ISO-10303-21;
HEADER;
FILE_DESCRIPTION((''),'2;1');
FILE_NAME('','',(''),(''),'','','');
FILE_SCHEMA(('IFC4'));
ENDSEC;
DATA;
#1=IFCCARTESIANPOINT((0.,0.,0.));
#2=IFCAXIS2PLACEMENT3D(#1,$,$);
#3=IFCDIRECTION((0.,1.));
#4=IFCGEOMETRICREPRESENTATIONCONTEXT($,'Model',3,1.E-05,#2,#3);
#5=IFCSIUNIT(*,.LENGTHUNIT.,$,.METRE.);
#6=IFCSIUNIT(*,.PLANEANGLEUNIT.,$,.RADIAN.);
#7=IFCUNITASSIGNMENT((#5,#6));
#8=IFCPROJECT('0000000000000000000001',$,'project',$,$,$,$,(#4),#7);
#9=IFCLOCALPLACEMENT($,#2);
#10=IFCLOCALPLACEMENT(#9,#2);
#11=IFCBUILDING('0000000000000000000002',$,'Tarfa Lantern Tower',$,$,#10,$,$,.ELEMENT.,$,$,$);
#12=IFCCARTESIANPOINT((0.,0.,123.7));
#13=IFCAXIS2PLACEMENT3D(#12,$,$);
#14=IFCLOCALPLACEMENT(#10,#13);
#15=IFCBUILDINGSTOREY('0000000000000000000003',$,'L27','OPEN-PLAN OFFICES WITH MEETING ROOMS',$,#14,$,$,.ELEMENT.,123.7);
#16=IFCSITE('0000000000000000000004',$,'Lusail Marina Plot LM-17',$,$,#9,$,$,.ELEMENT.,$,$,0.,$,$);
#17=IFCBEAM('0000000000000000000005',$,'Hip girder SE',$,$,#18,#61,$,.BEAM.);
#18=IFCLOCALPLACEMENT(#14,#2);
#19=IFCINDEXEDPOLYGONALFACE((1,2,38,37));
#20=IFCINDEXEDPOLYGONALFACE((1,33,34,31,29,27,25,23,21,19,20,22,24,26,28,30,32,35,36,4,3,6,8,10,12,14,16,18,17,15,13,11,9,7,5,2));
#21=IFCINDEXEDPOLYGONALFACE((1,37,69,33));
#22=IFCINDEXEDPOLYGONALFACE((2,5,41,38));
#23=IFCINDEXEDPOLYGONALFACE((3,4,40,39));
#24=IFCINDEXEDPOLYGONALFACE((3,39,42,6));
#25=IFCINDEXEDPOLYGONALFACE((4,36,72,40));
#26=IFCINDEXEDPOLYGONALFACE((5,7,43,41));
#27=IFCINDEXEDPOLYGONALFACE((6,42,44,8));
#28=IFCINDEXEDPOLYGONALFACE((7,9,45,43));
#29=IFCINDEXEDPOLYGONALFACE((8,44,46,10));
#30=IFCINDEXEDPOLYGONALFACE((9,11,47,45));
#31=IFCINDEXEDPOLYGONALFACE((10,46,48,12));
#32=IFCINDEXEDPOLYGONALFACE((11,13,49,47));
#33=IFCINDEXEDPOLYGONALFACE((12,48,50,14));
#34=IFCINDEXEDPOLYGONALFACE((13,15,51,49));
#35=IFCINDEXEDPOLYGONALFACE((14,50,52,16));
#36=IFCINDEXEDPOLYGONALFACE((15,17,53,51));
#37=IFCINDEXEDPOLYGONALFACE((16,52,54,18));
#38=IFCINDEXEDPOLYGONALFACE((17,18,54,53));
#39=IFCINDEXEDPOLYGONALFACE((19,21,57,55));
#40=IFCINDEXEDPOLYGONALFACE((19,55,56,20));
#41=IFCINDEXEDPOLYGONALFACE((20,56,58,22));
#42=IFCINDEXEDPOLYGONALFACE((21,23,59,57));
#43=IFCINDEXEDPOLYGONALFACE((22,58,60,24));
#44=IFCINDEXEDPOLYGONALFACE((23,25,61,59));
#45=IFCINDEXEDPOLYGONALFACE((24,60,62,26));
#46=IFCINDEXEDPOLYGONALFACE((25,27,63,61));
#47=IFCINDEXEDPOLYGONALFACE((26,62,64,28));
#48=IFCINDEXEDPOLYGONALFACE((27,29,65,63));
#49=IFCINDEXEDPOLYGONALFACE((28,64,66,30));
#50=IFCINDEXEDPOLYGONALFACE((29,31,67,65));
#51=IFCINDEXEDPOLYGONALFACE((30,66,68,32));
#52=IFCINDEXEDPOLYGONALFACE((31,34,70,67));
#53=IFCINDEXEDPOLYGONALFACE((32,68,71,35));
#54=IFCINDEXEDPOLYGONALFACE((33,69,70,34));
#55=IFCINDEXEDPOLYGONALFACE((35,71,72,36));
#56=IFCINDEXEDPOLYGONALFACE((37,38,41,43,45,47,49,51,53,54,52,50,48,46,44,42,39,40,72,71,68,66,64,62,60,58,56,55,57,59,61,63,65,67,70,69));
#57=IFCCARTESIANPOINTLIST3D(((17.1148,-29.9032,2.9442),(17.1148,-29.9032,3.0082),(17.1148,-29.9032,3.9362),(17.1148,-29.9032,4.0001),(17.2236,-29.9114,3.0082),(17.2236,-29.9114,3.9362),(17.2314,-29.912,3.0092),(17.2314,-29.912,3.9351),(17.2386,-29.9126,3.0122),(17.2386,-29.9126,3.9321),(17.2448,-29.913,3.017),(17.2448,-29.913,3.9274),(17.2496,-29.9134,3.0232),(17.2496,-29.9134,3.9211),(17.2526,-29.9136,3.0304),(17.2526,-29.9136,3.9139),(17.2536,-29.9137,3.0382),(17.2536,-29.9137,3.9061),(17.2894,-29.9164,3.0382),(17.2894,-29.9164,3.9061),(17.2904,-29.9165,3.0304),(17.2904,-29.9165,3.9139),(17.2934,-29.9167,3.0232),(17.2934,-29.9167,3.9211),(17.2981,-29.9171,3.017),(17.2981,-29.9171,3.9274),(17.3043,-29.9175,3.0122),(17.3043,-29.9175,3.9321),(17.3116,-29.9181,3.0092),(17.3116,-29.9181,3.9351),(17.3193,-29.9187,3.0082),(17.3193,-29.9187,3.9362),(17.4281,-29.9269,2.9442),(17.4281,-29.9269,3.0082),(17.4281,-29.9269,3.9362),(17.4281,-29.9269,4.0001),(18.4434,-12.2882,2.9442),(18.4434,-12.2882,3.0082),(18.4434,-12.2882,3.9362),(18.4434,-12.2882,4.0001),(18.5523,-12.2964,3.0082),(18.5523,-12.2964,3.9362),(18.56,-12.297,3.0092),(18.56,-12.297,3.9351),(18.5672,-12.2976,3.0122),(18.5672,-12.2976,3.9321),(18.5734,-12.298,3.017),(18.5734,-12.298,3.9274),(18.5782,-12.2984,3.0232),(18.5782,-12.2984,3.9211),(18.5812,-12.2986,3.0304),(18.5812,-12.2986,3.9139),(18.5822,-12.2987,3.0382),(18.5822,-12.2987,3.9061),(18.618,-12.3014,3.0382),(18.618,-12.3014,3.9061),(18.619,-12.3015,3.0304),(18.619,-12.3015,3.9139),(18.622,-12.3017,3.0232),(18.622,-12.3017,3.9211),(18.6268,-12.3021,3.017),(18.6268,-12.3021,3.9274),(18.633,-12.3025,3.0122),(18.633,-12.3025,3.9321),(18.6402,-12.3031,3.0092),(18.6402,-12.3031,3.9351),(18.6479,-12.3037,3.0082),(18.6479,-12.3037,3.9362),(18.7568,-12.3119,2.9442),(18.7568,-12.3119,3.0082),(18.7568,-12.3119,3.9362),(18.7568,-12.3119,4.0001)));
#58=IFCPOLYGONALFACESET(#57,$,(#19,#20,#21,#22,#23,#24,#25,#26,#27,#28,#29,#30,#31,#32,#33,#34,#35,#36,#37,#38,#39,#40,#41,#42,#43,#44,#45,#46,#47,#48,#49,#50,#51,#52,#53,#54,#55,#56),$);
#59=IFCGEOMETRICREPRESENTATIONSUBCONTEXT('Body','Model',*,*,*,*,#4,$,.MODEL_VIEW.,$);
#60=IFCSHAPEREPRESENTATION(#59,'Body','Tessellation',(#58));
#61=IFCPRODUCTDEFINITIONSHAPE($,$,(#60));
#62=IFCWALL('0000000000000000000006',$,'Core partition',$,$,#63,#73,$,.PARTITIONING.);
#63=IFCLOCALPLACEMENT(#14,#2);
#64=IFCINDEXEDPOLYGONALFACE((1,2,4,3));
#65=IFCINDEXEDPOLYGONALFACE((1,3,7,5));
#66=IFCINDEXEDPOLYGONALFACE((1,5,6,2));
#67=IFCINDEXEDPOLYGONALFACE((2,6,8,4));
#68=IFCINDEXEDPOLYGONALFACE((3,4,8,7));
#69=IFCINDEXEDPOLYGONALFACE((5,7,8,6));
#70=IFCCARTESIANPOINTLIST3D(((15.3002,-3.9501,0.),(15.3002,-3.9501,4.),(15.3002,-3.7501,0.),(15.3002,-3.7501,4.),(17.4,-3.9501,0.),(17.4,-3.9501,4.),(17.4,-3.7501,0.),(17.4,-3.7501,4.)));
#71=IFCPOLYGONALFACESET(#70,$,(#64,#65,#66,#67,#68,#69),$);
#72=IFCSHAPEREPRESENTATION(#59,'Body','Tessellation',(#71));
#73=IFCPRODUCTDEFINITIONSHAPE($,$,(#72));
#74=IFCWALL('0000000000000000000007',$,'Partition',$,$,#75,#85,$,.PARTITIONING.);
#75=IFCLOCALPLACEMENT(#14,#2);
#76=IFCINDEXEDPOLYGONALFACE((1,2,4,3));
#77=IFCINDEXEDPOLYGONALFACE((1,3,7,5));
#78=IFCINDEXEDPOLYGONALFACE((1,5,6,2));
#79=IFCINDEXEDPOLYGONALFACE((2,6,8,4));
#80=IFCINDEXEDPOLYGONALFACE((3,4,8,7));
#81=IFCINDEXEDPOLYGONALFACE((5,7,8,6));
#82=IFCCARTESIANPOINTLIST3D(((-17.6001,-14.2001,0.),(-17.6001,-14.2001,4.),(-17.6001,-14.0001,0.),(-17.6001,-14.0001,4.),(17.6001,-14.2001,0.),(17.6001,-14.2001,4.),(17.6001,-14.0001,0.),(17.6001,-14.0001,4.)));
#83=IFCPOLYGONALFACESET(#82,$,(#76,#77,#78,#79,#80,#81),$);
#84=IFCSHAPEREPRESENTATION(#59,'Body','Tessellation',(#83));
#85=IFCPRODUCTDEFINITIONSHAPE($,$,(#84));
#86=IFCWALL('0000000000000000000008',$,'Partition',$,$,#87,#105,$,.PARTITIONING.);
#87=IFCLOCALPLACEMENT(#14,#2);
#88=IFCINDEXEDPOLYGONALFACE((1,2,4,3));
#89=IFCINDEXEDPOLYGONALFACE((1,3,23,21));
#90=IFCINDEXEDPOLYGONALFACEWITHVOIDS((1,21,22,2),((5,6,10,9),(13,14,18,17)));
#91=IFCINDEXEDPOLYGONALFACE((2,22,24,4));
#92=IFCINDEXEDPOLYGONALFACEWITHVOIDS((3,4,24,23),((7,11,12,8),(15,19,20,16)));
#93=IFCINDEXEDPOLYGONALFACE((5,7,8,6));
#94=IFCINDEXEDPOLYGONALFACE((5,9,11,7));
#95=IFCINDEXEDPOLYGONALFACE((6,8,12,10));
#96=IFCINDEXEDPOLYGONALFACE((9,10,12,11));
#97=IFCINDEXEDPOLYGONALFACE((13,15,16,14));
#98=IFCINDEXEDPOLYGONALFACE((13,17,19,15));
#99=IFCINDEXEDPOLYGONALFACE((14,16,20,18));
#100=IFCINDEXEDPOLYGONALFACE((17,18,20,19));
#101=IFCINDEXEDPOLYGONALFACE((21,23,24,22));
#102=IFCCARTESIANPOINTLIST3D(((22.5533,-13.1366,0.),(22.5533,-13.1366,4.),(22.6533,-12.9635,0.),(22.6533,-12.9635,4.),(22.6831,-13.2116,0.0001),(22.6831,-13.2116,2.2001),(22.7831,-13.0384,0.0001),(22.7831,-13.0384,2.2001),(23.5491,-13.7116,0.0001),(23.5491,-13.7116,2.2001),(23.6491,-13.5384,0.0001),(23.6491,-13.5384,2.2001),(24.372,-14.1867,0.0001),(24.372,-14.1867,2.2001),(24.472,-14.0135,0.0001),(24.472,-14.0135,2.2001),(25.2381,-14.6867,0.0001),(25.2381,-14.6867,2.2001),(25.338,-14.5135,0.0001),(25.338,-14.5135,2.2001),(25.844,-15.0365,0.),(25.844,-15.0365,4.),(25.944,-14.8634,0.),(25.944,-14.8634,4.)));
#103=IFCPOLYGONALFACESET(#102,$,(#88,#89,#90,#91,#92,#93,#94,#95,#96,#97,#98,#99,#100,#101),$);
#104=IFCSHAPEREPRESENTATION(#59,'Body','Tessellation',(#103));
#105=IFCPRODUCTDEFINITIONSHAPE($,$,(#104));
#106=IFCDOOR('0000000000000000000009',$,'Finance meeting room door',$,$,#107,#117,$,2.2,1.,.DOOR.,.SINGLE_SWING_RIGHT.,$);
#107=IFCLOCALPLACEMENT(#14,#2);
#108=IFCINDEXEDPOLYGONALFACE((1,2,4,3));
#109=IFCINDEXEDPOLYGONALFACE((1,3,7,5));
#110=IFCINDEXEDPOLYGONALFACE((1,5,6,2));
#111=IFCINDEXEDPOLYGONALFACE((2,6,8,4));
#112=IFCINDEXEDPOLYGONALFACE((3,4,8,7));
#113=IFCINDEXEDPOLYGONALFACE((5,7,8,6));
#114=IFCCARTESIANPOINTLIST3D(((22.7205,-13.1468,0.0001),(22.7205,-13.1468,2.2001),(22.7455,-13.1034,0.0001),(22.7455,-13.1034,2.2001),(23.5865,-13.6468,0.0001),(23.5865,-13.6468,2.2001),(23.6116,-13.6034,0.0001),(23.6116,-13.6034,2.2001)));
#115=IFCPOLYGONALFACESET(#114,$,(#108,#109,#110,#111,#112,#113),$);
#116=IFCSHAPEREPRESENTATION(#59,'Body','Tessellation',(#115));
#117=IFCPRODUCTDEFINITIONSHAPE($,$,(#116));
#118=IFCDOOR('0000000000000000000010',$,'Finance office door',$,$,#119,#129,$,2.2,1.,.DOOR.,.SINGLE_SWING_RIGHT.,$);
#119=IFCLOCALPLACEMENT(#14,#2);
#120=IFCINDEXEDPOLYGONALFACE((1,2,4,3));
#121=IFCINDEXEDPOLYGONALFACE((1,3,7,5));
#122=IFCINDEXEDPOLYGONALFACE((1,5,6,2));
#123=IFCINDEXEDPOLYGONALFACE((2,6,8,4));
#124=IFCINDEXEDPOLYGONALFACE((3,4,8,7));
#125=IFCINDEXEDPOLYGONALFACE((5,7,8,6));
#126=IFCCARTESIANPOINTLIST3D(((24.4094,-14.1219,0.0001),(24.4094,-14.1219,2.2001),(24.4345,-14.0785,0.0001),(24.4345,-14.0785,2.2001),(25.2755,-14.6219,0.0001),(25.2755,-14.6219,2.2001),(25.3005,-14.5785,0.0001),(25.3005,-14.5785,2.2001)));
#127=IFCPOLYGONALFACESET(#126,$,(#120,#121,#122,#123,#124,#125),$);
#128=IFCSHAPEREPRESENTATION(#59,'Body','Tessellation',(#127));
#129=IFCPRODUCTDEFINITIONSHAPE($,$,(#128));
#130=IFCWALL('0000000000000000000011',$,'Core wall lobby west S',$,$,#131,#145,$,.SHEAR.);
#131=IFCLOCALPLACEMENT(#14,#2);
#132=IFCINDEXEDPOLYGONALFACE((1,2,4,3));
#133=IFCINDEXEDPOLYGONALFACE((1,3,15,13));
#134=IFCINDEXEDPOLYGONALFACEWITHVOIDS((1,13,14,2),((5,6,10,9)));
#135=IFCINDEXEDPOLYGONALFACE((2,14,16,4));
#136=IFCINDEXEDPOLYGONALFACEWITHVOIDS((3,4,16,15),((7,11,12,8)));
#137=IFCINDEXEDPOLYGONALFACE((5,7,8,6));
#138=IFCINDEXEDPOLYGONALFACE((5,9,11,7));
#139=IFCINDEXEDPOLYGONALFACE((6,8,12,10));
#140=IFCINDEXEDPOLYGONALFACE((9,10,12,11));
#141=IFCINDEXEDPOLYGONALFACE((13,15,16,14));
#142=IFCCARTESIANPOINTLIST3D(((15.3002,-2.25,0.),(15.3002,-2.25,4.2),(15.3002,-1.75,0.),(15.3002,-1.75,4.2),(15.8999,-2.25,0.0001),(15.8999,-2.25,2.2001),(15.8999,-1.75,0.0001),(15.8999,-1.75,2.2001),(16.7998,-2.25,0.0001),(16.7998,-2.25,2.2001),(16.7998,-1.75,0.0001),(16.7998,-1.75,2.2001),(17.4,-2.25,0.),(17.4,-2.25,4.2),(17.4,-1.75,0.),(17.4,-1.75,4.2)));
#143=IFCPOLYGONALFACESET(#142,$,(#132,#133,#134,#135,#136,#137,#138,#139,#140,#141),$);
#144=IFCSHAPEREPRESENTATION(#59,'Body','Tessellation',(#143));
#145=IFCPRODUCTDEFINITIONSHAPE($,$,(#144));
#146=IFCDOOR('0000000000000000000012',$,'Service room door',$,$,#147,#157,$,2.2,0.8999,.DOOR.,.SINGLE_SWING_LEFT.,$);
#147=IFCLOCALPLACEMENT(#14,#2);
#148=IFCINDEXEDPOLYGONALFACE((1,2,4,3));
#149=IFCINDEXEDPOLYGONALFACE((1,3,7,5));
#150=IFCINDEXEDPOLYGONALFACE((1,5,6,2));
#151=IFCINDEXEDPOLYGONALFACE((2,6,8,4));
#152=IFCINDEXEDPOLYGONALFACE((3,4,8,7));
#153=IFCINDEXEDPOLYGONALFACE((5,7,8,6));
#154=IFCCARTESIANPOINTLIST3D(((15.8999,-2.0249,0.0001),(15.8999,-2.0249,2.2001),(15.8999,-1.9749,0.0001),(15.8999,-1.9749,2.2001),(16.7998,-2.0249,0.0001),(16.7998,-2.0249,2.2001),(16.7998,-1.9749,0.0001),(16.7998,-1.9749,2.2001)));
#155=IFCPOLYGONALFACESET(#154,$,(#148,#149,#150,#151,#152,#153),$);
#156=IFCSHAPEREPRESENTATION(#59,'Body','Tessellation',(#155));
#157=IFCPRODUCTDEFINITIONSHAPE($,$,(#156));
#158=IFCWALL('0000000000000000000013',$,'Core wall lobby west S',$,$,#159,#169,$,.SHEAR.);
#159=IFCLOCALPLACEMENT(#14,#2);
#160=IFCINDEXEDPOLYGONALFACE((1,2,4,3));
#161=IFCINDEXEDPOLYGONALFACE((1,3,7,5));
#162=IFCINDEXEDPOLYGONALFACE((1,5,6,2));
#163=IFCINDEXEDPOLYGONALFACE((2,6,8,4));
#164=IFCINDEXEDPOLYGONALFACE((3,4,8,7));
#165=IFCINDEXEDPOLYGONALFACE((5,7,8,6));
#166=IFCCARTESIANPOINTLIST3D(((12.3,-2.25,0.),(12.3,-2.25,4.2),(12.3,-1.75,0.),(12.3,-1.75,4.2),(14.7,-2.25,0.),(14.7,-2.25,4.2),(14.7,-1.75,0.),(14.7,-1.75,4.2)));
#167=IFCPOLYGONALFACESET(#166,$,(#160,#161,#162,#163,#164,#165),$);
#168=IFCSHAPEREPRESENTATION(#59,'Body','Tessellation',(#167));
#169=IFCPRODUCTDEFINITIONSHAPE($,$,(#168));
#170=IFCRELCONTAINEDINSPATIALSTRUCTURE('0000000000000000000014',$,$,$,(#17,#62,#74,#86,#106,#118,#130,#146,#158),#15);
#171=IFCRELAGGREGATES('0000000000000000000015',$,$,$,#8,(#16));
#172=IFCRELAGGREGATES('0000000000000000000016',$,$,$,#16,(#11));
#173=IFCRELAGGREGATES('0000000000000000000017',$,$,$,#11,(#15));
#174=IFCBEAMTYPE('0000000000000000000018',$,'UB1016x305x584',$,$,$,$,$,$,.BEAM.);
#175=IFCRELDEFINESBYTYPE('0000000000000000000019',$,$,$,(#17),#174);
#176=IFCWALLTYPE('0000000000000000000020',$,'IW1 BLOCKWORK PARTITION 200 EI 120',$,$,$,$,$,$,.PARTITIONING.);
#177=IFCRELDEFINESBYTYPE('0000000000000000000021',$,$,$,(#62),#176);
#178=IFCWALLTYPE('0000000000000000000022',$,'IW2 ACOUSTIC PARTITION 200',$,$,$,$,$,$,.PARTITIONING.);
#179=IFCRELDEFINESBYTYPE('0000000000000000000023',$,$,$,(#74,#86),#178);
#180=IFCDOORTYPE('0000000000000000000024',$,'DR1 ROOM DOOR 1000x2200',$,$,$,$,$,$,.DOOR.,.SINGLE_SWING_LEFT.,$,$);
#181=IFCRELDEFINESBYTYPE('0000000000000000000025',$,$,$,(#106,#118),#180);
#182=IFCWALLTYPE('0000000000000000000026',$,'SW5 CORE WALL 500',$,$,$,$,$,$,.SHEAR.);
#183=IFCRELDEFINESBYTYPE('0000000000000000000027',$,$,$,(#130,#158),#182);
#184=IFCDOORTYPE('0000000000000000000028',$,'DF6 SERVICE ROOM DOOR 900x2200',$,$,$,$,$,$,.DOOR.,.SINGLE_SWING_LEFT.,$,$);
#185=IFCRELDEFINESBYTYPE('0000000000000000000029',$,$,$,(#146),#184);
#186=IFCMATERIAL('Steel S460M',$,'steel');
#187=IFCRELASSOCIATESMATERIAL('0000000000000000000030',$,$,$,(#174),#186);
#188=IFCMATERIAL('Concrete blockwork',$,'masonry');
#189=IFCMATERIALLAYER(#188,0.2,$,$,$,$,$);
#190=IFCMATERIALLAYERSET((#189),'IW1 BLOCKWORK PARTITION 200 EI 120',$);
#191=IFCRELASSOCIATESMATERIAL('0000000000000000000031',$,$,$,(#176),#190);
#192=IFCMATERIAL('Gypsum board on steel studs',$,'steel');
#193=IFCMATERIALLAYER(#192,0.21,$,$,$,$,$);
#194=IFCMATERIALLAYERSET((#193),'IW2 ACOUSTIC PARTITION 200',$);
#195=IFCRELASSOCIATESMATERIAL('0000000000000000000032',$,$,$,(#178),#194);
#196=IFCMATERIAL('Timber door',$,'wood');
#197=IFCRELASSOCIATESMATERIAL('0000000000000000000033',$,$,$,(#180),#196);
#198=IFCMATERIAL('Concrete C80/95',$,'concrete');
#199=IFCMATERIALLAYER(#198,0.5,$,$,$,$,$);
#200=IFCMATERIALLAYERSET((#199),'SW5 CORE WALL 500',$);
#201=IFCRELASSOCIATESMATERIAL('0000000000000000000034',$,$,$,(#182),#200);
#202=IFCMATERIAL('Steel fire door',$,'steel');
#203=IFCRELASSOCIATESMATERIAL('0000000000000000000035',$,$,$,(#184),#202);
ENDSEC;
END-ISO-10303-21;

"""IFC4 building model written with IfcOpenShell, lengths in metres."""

from ifc_helpers import new_model, si_unit, direction, frame, frame_2d, origin, origin_2d, place, context, subcontext, project, spatial, rectangle, i_section, extrude, material, layer, layer_set, material_profile, profile_set, type_object, element, fill, save


model = new_model("IFC4")

# Units and contexts
model_context = context("Model", 3, precision=1e-05, world=origin(), true_north=direction((0.0, 1.0)))
body_context = subcontext(model_context, "Body", "Model", "MODEL_VIEW")
ifc_project = project(units=[si_unit("LENGTHUNIT", "METRE"), si_unit("PLANEANGLEUNIT", "RADIAN")], contexts=[model_context])

# Site, building, storey
site_placement = place(None, origin())
site = spatial("IfcSite", under=ifc_project, at=site_placement, Name="Lusail Marina Plot LM-17", CompositionType="ELEMENT", RefElevation=0.0)
building_placement = place(site_placement, origin())
building = spatial("IfcBuilding", under=site, at=building_placement, Name="Tarfa Lantern Tower", CompositionType="ELEMENT")
storey_placement = place(building_placement, frame((0.0, 0.0, 123.7)))
storey = spatial("IfcBuildingStorey", under=building, at=storey_placement, Name="L27", Description="OPEN-PLAN OFFICES WITH MEETING ROOMS", CompositionType="ELEMENT", Elevation=123.7)

# Beam
ifc_material_1 = material(Name="Steel S460M", Category="steel")
ifc_material_profile = material_profile(ifc_material_1, i_section(OverallWidth=0.3142, OverallDepth=1.0559, WebThickness=0.0359, FlangeThickness=0.064, FilletRadius=0.03, at=origin_2d()), Name="UB1016x305x584")
ifc_profile_set = profile_set([ifc_material_profile], Name="Steel S460M")
beam_type = type_object("IfcBeamType", Name="UB1016x305x584", PredefinedType="BEAM", material=ifc_profile_set)
beam_placement = place(storey_placement, frame((18.6001, -12.3, 3.4722), z_axis=(-0.075212, -0.997168, 0.0), x_axis=(0.997168, -0.075212, 0.0)))
element("IfcBeam", 1, at=beam_placement, inside=storey, type_object=beam_type, Name="Hip girder SE", PredefinedType="BEAM", context=body_context, shape_type="SweptSolid", body=[
    extrude(i_section(OverallWidth=0.3142, OverallDepth=1.0559, WebThickness=0.0359, FlangeThickness=0.064, FilletRadius=0.03, at=origin_2d()), origin(), (0.0, 0.0, 1.0), 17.665),
])

# Walls
ifc_material_2 = material(Name="Concrete blockwork", Category="masonry")
ifc_layer_1 = layer(ifc_material_2, 0.2)
ifc_layer_set_1 = layer_set([ifc_layer_1], Name="IW1 BLOCKWORK PARTITION 200 EI 120")
wall_type_1 = type_object("IfcWallType", Name="IW1 BLOCKWORK PARTITION 200 EI 120", PredefinedType="PARTITIONING", material=ifc_layer_set_1)
wall_1_placement = place(storey_placement, frame((17.3999, -3.8501, 0.0), z_axis=(0.0, 0.0, 1.0), x_axis=(-1.0, 0.0, 0.0)))
element("IfcWall", 2, at=wall_1_placement, inside=storey, type_object=wall_type_1, Name="Core partition", PredefinedType="PARTITIONING", context=body_context, shape_type="SweptSolid", body=[
    extrude(rectangle(XDim=2.0999, YDim=0.2, at=frame_2d((1.0498, 0.0))), origin(), (0.0, 0.0, 1.0), 4.0),
])
ifc_material_3 = material(Name="Gypsum board on steel studs", Category="steel")
ifc_layer_2 = layer(ifc_material_3, 0.21)
ifc_layer_set_2 = layer_set([ifc_layer_2], Name="IW2 ACOUSTIC PARTITION 200")
wall_type_2 = type_object("IfcWallType", Name="IW2 ACOUSTIC PARTITION 200", PredefinedType="PARTITIONING", material=ifc_layer_set_2)
wall_2_placement = place(storey_placement, frame((17.6001, -14.1001, 0.0), z_axis=(0.0, 0.0, 1.0), x_axis=(-1.0, 0.0, 0.0)))
element("IfcWall", 3, at=wall_2_placement, inside=storey, type_object=wall_type_2, Name="Partition", PredefinedType="PARTITIONING", context=body_context, shape_type="SweptSolid", body=[
    extrude(rectangle(XDim=35.2002, YDim=0.2, at=frame_2d((17.6001, 0.0))), origin(), (0.0, 0.0, 1.0), 4.0),
])

# Wall, openings, doors
wall_3_placement = place(storey_placement, frame((22.6033, -13.05, 0.0), z_axis=(0.0, 0.0, 1.0), x_axis=(0.866028, -0.499995, 0.0)))
wall_3 = element("IfcWall", 4, at=wall_3_placement, inside=storey, type_object=wall_type_2, Name="Partition", PredefinedType="PARTITIONING", context=body_context, shape_type="SweptSolid", body=[
    extrude(rectangle(XDim=3.7998, YDim=0.2, at=frame_2d((1.8999, 0.0))), origin(), (0.0, 0.0, 1.0), 4.0),
])
opening_1_placement = place(wall_3_placement, frame((0.1499, 0.0, 0.0)))
opening_1 = element("IfcOpeningElement", 5, at=opening_1_placement, cuts=wall_3, PredefinedType="OPENING", context=body_context, shape_type="SweptSolid", body=[
    extrude(rectangle(XDim=1.0, YDim=2.2, at=frame_2d((0.5, 1.1001))), frame((0.0, 0.1099, 0.0), z_axis=(0.0, -1.0, 0.0), x_axis=(1.0, 0.0, 0.0)), (0.0, 0.0, 1.0), 0.22),
])
opening_2_placement = place(wall_3_placement, frame((2.1001, 0.0, 0.0)))
opening_2 = element("IfcOpeningElement", 6, at=opening_2_placement, cuts=wall_3, PredefinedType="OPENING", context=body_context, shape_type="SweptSolid", body=[
    extrude(rectangle(XDim=1.0, YDim=2.2, at=frame_2d((0.5, 1.1001))), frame((0.0, 0.1099, 0.0), z_axis=(0.0, -1.0, 0.0), x_axis=(1.0, 0.0, 0.0)), (0.0, 0.0, 1.0), 0.22),
])
ifc_material_4 = material(Name="Timber door", Category="wood")
door_type_1 = type_object("IfcDoorType", Name="DR1 ROOM DOOR 1000x2200", OperationType="SINGLE_SWING_LEFT", PredefinedType="DOOR", material=ifc_material_4)
door_1_placement = place(opening_1_placement, origin())
door_1 = element("IfcDoor", 7, at=door_1_placement, inside=storey, type_object=door_type_1, Name="Finance meeting room door", OperationType="SINGLE_SWING_RIGHT", OverallHeight=2.2, OverallWidth=1.0, PredefinedType="DOOR", context=body_context, shape_type="SweptSolid", body=[
    extrude(rectangle(XDim=1.0, YDim=2.2, at=frame_2d((0.5, 1.1001))), frame((0.0, 0.0249, 0.0), z_axis=(0.0, -1.0, 0.0), x_axis=(1.0, 0.0, 0.0)), (0.0, 0.0, 1.0), 0.05),
])
fill(opening_1, door_1)
door_2_placement = place(opening_2_placement, origin())
door_2 = element("IfcDoor", 8, at=door_2_placement, inside=storey, type_object=door_type_1, Name="Finance office door", OperationType="SINGLE_SWING_RIGHT", OverallHeight=2.2, OverallWidth=1.0, PredefinedType="DOOR", context=body_context, shape_type="SweptSolid", body=[
    extrude(rectangle(XDim=1.0, YDim=2.2, at=frame_2d((0.5, 1.1001))), frame((0.0, 0.0249, 0.0), z_axis=(0.0, -1.0, 0.0), x_axis=(1.0, 0.0, 0.0)), (0.0, 0.0, 1.0), 0.05),
])
fill(opening_2, door_2)

# Wall, opening, door
ifc_material_5 = material(Name="Concrete C80/95", Category="concrete")
ifc_material_6 = material(Name="Steel fire door", Category="steel")
ifc_layer_3 = layer(ifc_material_5, 0.5)
ifc_layer_set_3 = layer_set([ifc_layer_3], Name="SW5 CORE WALL 500")
wall_type_3 = type_object("IfcWallType", Name="SW5 CORE WALL 500", PredefinedType="SHEAR", material=ifc_layer_set_3)
wall_4_placement = place(storey_placement, frame((17.3999, -2.0, 0.0), z_axis=(0.0, 0.0, 1.0), x_axis=(-1.0, 0.0, 0.0)))
wall_4 = element("IfcWall", 9, at=wall_4_placement, inside=storey, type_object=wall_type_3, Name="Core wall lobby west S", PredefinedType="SHEAR", context=body_context, shape_type="SweptSolid", body=[
    extrude(rectangle(XDim=2.0999, YDim=0.5, at=frame_2d((1.0498, 0.0))), origin(), (0.0, 0.0, 1.0), 4.2),
])
opening_3_placement = place(wall_4_placement, frame((0.6001, 0.0, 0.0)))
opening_3 = element("IfcOpeningElement", 10, at=opening_3_placement, cuts=wall_4, PredefinedType="OPENING", context=body_context, shape_type="SweptSolid", body=[
    extrude(rectangle(XDim=0.8999, YDim=2.2, at=frame_2d((0.45, 1.1001))), frame((0.0, 0.26, 0.0), z_axis=(0.0, -1.0, 0.0), x_axis=(1.0, 0.0, 0.0)), (0.0, 0.0, 1.0), 0.52),
])
door_type_2 = type_object("IfcDoorType", Name="DF6 SERVICE ROOM DOOR 900x2200", OperationType="SINGLE_SWING_LEFT", PredefinedType="DOOR", material=ifc_material_6)
door_3_placement = place(opening_3_placement, origin())
door_3 = element("IfcDoor", 11, at=door_3_placement, inside=storey, type_object=door_type_2, Name="Service room door", OperationType="SINGLE_SWING_LEFT", OverallHeight=2.2, OverallWidth=0.8999, PredefinedType="DOOR", context=body_context, shape_type="SweptSolid", body=[
    extrude(rectangle(XDim=0.8999, YDim=2.2, at=frame_2d((0.45, 1.1001))), frame((0.0, 0.0249, 0.0), z_axis=(0.0, -1.0, 0.0), x_axis=(1.0, 0.0, 0.0)), (0.0, 0.0, 1.0), 0.05),
])
fill(opening_3, door_3)

# Wall
wall_5_placement = place(storey_placement, frame((14.7, -2.0, 0.0), z_axis=(0.0, 0.0, 1.0), x_axis=(-1.0, 0.0, 0.0)))
element("IfcWall", 12, at=wall_5_placement, inside=storey, type_object=wall_type_3, Name="Core wall lobby west S", PredefinedType="SHEAR", context=body_context, shape_type="SweptSolid", body=[
    extrude(rectangle(XDim=2.3999, YDim=0.5, at=frame_2d((1.2, 0.0))), origin(), (0.0, 0.0, 1.0), 4.2),
])

save(model, "model.ifc")
